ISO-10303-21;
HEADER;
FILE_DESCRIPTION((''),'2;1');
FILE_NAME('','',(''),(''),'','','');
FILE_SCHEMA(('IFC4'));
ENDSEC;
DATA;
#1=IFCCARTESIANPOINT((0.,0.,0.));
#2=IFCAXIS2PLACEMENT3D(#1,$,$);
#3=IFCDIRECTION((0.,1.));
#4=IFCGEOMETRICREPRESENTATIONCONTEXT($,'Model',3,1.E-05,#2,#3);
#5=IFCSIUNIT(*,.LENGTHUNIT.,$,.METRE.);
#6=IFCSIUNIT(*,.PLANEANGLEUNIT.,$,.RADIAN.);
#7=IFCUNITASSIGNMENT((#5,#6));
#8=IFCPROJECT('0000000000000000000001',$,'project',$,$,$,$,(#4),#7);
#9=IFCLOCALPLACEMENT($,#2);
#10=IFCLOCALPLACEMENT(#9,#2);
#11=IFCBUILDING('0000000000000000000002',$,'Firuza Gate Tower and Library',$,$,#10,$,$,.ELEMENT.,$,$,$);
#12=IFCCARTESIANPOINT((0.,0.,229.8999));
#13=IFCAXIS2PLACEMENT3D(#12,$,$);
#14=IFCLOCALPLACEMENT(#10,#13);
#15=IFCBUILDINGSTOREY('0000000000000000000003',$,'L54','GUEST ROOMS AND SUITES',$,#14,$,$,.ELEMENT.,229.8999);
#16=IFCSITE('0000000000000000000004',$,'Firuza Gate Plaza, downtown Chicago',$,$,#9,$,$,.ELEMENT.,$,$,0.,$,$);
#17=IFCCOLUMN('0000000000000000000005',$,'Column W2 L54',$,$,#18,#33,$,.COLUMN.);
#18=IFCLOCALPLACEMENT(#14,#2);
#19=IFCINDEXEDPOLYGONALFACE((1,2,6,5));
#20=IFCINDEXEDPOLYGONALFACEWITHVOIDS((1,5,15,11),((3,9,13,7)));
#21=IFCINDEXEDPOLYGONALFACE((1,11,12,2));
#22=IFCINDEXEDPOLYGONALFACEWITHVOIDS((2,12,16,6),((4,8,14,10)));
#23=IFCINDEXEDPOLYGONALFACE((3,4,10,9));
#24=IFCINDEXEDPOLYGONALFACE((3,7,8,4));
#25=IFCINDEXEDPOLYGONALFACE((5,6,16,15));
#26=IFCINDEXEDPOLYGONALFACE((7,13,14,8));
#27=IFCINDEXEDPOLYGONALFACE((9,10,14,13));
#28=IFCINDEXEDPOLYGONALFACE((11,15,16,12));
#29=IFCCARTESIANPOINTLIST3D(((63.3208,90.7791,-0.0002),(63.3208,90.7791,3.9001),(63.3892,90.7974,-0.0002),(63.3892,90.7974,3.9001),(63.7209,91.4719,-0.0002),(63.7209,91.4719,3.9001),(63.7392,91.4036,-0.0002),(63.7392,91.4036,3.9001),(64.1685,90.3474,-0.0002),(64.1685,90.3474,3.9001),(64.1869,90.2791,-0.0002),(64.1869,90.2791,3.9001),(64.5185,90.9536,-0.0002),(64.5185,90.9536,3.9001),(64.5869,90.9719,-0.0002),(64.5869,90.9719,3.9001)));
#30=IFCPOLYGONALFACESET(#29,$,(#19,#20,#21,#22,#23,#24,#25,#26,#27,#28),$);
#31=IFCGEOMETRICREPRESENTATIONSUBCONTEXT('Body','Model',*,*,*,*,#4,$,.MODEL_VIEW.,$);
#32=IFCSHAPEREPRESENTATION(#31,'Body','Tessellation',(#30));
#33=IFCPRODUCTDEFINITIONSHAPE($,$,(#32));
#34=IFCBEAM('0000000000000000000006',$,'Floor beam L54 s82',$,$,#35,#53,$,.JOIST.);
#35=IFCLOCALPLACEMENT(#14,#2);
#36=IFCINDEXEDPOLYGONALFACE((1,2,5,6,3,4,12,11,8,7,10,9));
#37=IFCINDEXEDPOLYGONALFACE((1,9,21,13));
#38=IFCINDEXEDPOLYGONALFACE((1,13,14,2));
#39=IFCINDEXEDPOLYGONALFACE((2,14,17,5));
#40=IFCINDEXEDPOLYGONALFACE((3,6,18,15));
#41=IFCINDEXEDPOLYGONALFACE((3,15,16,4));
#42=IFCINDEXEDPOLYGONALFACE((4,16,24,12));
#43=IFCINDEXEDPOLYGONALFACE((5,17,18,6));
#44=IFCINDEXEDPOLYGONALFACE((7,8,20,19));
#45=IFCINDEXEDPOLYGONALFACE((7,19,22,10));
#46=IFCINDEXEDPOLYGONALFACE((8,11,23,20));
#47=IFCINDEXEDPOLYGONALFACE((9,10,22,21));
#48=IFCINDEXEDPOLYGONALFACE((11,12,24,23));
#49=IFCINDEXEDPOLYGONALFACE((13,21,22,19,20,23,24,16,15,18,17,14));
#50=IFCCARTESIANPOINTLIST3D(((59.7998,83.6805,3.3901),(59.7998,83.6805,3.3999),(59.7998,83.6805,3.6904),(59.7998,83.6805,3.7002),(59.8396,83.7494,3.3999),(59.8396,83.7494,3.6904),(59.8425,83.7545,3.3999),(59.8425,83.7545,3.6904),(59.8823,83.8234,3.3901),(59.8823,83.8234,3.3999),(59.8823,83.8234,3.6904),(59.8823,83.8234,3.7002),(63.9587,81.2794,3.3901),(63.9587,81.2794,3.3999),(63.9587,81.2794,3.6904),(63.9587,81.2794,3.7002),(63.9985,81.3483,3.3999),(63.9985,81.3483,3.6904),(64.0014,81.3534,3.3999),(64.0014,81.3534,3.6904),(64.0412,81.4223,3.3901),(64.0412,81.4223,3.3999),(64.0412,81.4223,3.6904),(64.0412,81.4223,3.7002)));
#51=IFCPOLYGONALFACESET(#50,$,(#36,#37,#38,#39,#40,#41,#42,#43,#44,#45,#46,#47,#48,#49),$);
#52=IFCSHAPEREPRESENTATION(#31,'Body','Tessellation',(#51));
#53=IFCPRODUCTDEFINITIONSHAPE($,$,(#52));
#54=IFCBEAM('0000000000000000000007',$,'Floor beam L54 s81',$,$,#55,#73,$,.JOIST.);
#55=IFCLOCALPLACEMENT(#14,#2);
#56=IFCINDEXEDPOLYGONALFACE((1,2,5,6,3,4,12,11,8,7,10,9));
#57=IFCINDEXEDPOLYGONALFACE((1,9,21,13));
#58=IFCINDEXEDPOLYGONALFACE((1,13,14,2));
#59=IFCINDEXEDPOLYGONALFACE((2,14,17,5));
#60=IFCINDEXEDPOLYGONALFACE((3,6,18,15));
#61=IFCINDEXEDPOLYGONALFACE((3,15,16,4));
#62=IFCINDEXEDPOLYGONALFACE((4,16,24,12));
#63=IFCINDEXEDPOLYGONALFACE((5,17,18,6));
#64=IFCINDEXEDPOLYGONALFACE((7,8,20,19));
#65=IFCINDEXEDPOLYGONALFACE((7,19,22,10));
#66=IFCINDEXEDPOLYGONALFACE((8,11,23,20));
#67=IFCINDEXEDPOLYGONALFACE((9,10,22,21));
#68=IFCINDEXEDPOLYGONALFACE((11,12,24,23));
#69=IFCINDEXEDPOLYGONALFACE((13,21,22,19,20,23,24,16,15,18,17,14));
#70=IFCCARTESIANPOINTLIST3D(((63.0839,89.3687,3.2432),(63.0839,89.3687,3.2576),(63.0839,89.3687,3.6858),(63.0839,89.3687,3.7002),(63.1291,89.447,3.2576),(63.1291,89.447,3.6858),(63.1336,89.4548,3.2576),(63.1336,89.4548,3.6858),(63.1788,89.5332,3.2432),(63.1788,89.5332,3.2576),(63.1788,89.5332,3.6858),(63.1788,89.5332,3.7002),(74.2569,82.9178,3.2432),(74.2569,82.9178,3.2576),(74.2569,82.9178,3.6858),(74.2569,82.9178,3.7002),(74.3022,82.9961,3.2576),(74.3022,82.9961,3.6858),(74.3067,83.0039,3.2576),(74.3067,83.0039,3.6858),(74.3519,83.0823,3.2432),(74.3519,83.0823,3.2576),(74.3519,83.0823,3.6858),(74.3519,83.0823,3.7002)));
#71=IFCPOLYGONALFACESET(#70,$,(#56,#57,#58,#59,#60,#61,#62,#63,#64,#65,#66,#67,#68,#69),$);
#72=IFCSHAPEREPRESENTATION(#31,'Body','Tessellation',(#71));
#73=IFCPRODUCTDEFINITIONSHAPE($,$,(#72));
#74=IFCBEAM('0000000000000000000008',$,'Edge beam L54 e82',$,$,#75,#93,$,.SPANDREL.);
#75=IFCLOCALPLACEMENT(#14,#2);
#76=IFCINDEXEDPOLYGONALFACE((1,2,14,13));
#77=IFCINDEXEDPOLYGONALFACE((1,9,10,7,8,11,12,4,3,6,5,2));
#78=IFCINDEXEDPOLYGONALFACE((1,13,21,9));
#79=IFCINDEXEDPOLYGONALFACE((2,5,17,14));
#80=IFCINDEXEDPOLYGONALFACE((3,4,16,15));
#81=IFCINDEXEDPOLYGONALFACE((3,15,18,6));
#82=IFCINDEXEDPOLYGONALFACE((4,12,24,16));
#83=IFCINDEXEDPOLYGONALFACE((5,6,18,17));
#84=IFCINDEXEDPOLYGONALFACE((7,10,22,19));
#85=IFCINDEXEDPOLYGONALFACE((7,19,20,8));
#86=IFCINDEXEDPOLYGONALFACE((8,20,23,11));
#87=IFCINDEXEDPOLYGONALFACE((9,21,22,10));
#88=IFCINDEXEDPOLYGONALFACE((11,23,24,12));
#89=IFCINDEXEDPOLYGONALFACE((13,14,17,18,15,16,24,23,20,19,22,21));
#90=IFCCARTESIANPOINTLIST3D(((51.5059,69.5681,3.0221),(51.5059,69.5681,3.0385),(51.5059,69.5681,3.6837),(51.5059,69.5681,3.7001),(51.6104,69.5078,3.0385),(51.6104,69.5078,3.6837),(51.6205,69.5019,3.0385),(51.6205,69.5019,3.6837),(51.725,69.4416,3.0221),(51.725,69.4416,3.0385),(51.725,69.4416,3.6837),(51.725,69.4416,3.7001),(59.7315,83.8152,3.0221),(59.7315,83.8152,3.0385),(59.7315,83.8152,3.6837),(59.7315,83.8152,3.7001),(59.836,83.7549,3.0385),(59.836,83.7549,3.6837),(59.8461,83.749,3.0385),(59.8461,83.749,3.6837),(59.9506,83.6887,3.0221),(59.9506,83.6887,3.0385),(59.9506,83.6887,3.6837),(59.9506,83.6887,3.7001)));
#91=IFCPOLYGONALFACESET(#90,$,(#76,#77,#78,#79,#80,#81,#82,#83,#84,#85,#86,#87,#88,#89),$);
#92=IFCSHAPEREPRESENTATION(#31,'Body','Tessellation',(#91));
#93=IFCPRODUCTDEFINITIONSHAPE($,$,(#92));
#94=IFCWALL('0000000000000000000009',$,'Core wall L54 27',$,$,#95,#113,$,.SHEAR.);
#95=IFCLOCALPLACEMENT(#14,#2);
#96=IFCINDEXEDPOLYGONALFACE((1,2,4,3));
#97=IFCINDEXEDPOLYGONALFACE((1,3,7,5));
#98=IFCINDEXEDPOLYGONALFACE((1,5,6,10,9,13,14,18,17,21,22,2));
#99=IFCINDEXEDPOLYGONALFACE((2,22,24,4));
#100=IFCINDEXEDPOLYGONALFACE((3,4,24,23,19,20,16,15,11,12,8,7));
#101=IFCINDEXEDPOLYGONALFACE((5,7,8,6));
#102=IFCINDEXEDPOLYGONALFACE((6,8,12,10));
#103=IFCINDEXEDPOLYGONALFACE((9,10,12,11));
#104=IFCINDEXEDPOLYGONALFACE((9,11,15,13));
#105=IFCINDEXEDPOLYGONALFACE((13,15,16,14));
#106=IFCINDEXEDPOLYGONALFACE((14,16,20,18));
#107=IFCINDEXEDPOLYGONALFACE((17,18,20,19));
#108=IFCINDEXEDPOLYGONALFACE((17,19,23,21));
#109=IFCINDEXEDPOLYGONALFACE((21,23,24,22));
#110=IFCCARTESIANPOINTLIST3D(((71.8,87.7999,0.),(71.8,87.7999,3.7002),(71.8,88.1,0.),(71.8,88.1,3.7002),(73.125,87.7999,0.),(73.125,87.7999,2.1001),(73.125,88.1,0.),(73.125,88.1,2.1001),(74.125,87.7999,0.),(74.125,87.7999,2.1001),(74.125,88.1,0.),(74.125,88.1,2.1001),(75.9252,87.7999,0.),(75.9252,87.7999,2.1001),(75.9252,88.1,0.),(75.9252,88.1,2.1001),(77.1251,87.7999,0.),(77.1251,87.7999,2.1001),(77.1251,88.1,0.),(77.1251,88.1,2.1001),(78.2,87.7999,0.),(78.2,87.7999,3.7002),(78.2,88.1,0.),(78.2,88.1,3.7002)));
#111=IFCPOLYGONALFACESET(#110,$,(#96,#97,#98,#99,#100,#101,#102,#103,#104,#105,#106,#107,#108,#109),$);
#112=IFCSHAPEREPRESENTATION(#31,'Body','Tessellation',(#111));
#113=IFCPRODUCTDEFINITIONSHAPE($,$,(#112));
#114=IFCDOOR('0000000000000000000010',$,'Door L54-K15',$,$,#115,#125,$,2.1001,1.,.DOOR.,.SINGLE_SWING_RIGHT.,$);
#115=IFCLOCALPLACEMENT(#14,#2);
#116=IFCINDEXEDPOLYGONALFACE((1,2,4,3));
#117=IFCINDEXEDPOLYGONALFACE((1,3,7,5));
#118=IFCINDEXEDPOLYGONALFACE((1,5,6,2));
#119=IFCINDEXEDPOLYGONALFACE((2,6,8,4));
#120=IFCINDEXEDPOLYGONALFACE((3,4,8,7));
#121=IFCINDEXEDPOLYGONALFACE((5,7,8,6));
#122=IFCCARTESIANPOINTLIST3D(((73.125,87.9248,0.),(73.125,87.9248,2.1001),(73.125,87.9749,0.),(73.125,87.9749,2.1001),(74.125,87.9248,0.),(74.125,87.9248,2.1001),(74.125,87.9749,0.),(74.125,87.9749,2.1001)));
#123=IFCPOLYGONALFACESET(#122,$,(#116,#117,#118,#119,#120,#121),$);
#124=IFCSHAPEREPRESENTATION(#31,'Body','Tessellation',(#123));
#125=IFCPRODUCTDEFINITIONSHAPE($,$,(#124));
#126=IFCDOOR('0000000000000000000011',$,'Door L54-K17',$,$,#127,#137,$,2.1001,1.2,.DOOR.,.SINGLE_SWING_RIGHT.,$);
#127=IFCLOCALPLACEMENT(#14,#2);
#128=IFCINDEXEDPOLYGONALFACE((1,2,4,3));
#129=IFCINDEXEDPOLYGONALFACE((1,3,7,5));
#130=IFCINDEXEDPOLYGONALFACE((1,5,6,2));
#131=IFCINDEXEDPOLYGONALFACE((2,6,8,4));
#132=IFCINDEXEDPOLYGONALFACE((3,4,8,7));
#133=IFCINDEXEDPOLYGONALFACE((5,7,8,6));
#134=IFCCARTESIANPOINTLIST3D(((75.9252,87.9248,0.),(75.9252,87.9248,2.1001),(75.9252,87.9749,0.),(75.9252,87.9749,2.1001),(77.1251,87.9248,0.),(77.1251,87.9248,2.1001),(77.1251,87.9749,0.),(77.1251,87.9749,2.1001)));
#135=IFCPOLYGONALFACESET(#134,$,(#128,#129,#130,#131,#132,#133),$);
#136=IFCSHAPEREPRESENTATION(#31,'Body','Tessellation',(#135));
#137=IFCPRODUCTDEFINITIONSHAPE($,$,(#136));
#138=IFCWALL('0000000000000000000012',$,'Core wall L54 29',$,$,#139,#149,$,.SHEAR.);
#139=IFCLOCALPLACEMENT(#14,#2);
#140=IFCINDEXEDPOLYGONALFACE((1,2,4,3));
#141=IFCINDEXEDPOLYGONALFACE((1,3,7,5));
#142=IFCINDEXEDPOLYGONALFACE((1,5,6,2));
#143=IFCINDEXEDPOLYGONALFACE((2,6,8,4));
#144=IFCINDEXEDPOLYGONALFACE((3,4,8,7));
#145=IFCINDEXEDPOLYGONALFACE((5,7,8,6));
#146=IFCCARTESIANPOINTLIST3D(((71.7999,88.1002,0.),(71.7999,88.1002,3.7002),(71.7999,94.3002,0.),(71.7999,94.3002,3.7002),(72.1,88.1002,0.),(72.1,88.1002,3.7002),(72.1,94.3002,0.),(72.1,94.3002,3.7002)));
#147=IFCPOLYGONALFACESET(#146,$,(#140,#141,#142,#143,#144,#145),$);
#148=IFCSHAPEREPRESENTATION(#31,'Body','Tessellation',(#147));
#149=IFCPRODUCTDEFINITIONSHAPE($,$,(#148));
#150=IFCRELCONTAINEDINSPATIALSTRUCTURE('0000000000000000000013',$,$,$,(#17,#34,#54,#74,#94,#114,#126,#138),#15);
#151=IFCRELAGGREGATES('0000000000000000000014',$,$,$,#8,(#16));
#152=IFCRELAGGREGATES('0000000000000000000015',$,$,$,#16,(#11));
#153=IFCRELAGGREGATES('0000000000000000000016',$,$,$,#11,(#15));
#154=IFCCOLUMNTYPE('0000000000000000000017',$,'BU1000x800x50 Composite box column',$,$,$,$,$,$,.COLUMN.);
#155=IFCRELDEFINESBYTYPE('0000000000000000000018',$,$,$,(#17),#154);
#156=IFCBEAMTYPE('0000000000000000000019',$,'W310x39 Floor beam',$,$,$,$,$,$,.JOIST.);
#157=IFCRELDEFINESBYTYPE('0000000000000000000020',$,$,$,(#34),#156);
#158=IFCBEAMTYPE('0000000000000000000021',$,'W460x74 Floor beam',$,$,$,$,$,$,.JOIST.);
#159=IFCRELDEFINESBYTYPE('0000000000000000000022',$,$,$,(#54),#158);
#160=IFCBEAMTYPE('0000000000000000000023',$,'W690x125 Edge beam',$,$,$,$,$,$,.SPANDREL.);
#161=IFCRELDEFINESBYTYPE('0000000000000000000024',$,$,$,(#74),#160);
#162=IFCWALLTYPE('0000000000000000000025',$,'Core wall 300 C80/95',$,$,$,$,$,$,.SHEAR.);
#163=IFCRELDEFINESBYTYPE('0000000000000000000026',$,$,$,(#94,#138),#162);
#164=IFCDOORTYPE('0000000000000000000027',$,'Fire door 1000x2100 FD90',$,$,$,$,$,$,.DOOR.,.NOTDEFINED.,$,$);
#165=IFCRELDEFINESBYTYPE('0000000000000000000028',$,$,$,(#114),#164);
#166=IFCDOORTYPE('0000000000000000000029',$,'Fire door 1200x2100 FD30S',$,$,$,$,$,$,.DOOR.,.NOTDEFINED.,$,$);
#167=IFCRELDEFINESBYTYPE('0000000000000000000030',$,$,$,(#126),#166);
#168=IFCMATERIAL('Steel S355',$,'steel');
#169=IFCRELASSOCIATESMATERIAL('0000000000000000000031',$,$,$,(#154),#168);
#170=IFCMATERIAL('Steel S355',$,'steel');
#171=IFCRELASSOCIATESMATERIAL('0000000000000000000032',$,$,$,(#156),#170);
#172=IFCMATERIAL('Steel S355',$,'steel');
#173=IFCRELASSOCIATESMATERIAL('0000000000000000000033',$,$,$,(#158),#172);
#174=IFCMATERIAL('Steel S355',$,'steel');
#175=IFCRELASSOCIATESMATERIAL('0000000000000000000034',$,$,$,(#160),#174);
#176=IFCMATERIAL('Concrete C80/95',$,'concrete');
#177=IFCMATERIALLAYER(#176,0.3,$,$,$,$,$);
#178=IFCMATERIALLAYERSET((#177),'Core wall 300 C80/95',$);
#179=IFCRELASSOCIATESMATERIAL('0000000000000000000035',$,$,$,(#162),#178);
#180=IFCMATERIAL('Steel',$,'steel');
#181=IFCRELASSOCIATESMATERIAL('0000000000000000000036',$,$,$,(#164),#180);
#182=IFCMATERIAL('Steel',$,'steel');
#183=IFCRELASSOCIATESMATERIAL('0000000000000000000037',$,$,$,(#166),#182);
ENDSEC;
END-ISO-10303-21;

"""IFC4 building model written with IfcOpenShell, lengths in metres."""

from ifc_helpers import new_model, si_unit, direction, frame, frame_2d, origin, origin_2d, place, context, subcontext, project, spatial, rectangle, hollow_rectangle, i_section, extrude, material, layer, layer_set, material_profile, profile_set, type_object, element, fill, save


model = new_model("IFC4")

# Units and contexts
model_context = context("Model", 3, precision=1e-05, world=origin(), true_north=direction((0.0, 1.0)))
body_context = subcontext(model_context, "Body", "Model", "MODEL_VIEW")
ifc_project = project(units=[si_unit("LENGTHUNIT", "METRE"), si_unit("PLANEANGLEUNIT", "RADIAN")], contexts=[model_context])

# Site, building, storey
site_placement = place(None, origin())
site = spatial("IfcSite", under=ifc_project, at=site_placement, Name="Firuza Gate Plaza, downtown Chicago", CompositionType="ELEMENT", RefElevation=0.0)
building_placement = place(site_placement, origin())
building = spatial("IfcBuilding", under=site, at=building_placement, Name="Firuza Gate Tower and Library", CompositionType="ELEMENT")
storey_placement = place(building_placement, frame((0.0, 0.0, 229.8999)))
storey = spatial("IfcBuildingStorey", under=building, at=storey_placement, Name="L54", Description="GUEST ROOMS AND SUITES", CompositionType="ELEMENT", Elevation=229.8999)

# Column
ifc_material_1 = material(Name="Steel S355", Category="steel")
ifc_material_profile_1 = material_profile(ifc_material_1, hollow_rectangle(XDim=0.8, YDim=1.0, WallThickness=0.05, at=origin_2d()))
ifc_profile_set_1 = profile_set([ifc_material_profile_1], Name="Steel S355")
column_type = type_object("IfcColumnType", Name="BU1000x800x50 Composite box column", PredefinedType="COLUMN", material=ifc_profile_set_1)
column_placement = place(storey_placement, frame((63.9539, 90.8755, -0.0002), z_axis=(0.0, 0.0, 1.0), x_axis=(-0.5, -0.866025, 0.0)))
element("IfcColumn", 1, at=column_placement, inside=storey, type_object=column_type, Name="Column W2 L54", PredefinedType="COLUMN", context=body_context, shape_type="SweptSolid", body=[
    extrude(hollow_rectangle(XDim=0.8, YDim=1.0, WallThickness=0.05, at=origin_2d()), origin(), (0.0, 0.0, 1.0), 3.9004),
])

# Beams
ifc_material_2 = material(Name="Steel S355", Category="steel")
ifc_material_profile_2 = material_profile(ifc_material_2, i_section(OverallWidth=0.165, OverallDepth=0.3101, WebThickness=0.0059, FlangeThickness=0.0098, at=origin_2d()))
ifc_profile_set_2 = profile_set([ifc_material_profile_2], Name="Steel S355")
beam_type_1 = type_object("IfcBeamType", Name="W310x39 Floor beam", PredefinedType="JOIST", material=ifc_profile_set_2)
beam_1_placement = place(storey_placement, frame((59.8411, 83.752, 3.5452), z_axis=(0.866029, -0.499994, 0.0), x_axis=(0.499994, 0.866029, 0.0)))
element("IfcBeam", 2, at=beam_1_placement, inside=storey, type_object=beam_type_1, Name="Floor beam L54 s82", PredefinedType="JOIST", context=body_context, shape_type="SweptSolid", body=[
    extrude(i_section(OverallWidth=0.165, OverallDepth=0.3101, WebThickness=0.0059, FlangeThickness=0.0098, at=origin_2d()), origin(), (0.0, 0.0, 1.0), 4.8022),
])
ifc_material_3 = material(Name="Steel S355", Category="steel")
ifc_material_profile_3 = material_profile(ifc_material_3, i_section(OverallWidth=0.1899, OverallDepth=0.457, WebThickness=0.009, FlangeThickness=0.0144, at=origin_2d()))
ifc_profile_set_3 = profile_set([ifc_material_profile_3], Name="Steel S355")
beam_type_2 = type_object("IfcBeamType", Name="W460x74 Floor beam", PredefinedType="JOIST", material=ifc_profile_set_3)
beam_2_placement = place(storey_placement, frame((63.1313, 89.4509, 3.4717), z_axis=(0.866021, -0.500008, 0.0), x_axis=(0.500008, 0.866021, 0.0)))
element("IfcBeam", 3, at=beam_2_placement, inside=storey, type_object=beam_type_2, Name="Floor beam L54 s81", PredefinedType="JOIST", context=body_context, shape_type="SweptSolid", body=[
    extrude(i_section(OverallWidth=0.1899, OverallDepth=0.457, WebThickness=0.009, FlangeThickness=0.0144, at=origin_2d()), origin(), (0.0, 0.0, 1.0), 12.9016),
])
ifc_material_4 = material(Name="Steel S355", Category="steel")
ifc_material_profile_4 = material_profile(ifc_material_4, i_section(OverallWidth=0.2529, OverallDepth=0.678, WebThickness=0.0117, FlangeThickness=0.0164, at=origin_2d()))
ifc_profile_set_4 = profile_set([ifc_material_profile_4], Name="Steel S355")
beam_type_3 = type_object("IfcBeamType", Name="W690x125 Edge beam", PredefinedType="SPANDREL", material=ifc_profile_set_4)
beam_3_placement = place(storey_placement, frame((59.8411, 83.752, 3.3611), z_axis=(-0.500002, -0.866024, 0.0), x_axis=(0.866024, -0.500002, 0.0)))
element("IfcBeam", 4, at=beam_3_placement, inside=storey, type_object=beam_type_3, Name="Edge beam L54 e82", PredefinedType="SPANDREL", context=body_context, shape_type="SweptSolid", body=[
    extrude(i_section(OverallWidth=0.2529, OverallDepth=0.678, WebThickness=0.0117, FlangeThickness=0.0164, at=origin_2d()), origin(), (0.0, 0.0, 1.0), 16.4512),
])

# Wall, openings, doors
ifc_material_5 = material(Name="Concrete C80/95", Category="concrete")
ifc_layer_1 = layer(ifc_material_5, 0.3)
ifc_layer_set_1 = layer_set([ifc_layer_1], Name="Core wall 300 C80/95")
wall_type_1 = type_object("IfcWallType", Name="Core wall 300 C80/95", PredefinedType="SHEAR", material=ifc_layer_set_1)
wall_1_placement = place(storey_placement, frame((71.8, 87.95, 0.0), z_axis=(0.0, 0.0, 1.0), x_axis=(1.0, 0.0, 0.0)))
wall_1 = element("IfcWall", 5, at=wall_1_placement, inside=storey, type_object=wall_type_1, Name="Core wall L54 27", PredefinedType="SHEAR", context=body_context, shape_type="SweptSolid", body=[
    extrude(rectangle(XDim=6.3999, YDim=0.3, at=frame_2d((3.2, 0.0))), origin(), (0.0, 0.0, 1.0), 3.7002),
])
opening_1_placement = place(wall_1_placement, frame((1.325, 0.0, 0.0)))
opening_1 = element("IfcOpeningElement", 6, at=opening_1_placement, cuts=wall_1, PredefinedType="OPENING", context=body_context, shape_type="SweptSolid", body=[
    extrude(rectangle(XDim=1.0, YDim=2.1001, at=frame_2d((0.5, 1.05))), frame((0.0, 0.1602, 0.0), z_axis=(0.0, -1.0, 0.0), x_axis=(1.0, 0.0, 0.0)), (0.0, 0.0, 1.0), 0.3201),
])
opening_2_placement = place(wall_1_placement, frame((4.125, 0.0, 0.0)))
opening_2 = element("IfcOpeningElement", 7, at=opening_2_placement, cuts=wall_1, PredefinedType="OPENING", context=body_context, shape_type="SweptSolid", body=[
    extrude(rectangle(XDim=1.2, YDim=2.1001, at=frame_2d((0.6001, 1.05))), frame((0.0, 0.1602, 0.0), z_axis=(0.0, -1.0, 0.0), x_axis=(1.0, 0.0, 0.0)), (0.0, 0.0, 1.0), 0.3201),
])
ifc_material_6 = material(Name="Steel", Category="steel")
door_type_1 = type_object("IfcDoorType", Name="Fire door 1000x2100 FD90", OperationType="NOTDEFINED", PredefinedType="DOOR", material=ifc_material_6)
door_1_placement = place(opening_1_placement, origin())
door_1 = element("IfcDoor", 8, at=door_1_placement, inside=storey, type_object=door_type_1, Name="Door L54-K15", OperationType="SINGLE_SWING_RIGHT", OverallHeight=2.1001, OverallWidth=1.0, PredefinedType="DOOR", context=body_context, shape_type="SweptSolid", body=[
    extrude(rectangle(XDim=1.0, YDim=2.1001, at=frame_2d((0.5, 1.05))), frame((0.0, 0.0249, 0.0), z_axis=(0.0, -1.0, 0.0), x_axis=(1.0, 0.0, 0.0)), (0.0, 0.0, 1.0), 0.05),
])
fill(opening_1, door_1)
ifc_material_7 = material(Name="Steel", Category="steel")
door_type_2 = type_object("IfcDoorType", Name="Fire door 1200x2100 FD30S", OperationType="NOTDEFINED", PredefinedType="DOOR", material=ifc_material_7)
door_2_placement = place(opening_2_placement, origin())
door_2 = element("IfcDoor", 9, at=door_2_placement, inside=storey, type_object=door_type_2, Name="Door L54-K17", OperationType="SINGLE_SWING_RIGHT", OverallHeight=2.1001, OverallWidth=1.2, PredefinedType="DOOR", context=body_context, shape_type="SweptSolid", body=[
    extrude(rectangle(XDim=1.2, YDim=2.1001, at=frame_2d((0.6001, 1.05))), frame((0.0, 0.0249, 0.0), z_axis=(0.0, -1.0, 0.0), x_axis=(1.0, 0.0, 0.0)), (0.0, 0.0, 1.0), 0.05),
])
fill(opening_2, door_2)

# Wall
wall_2_placement = place(storey_placement, frame((71.95, 88.1001, 0.0), z_axis=(0.0, 0.0, 1.0), x_axis=(0.0, 1.0, 0.0)))
element("IfcWall", 10, at=wall_2_placement, inside=storey, type_object=wall_type_1, Name="Core wall L54 29", PredefinedType="SHEAR", context=body_context, shape_type="SweptSolid", body=[
    extrude(rectangle(XDim=6.2, YDim=0.3, at=frame_2d((3.1001, 0.0))), origin(), (0.0, 0.0, 1.0), 3.7002),
])

save(model, "model.ifc")
